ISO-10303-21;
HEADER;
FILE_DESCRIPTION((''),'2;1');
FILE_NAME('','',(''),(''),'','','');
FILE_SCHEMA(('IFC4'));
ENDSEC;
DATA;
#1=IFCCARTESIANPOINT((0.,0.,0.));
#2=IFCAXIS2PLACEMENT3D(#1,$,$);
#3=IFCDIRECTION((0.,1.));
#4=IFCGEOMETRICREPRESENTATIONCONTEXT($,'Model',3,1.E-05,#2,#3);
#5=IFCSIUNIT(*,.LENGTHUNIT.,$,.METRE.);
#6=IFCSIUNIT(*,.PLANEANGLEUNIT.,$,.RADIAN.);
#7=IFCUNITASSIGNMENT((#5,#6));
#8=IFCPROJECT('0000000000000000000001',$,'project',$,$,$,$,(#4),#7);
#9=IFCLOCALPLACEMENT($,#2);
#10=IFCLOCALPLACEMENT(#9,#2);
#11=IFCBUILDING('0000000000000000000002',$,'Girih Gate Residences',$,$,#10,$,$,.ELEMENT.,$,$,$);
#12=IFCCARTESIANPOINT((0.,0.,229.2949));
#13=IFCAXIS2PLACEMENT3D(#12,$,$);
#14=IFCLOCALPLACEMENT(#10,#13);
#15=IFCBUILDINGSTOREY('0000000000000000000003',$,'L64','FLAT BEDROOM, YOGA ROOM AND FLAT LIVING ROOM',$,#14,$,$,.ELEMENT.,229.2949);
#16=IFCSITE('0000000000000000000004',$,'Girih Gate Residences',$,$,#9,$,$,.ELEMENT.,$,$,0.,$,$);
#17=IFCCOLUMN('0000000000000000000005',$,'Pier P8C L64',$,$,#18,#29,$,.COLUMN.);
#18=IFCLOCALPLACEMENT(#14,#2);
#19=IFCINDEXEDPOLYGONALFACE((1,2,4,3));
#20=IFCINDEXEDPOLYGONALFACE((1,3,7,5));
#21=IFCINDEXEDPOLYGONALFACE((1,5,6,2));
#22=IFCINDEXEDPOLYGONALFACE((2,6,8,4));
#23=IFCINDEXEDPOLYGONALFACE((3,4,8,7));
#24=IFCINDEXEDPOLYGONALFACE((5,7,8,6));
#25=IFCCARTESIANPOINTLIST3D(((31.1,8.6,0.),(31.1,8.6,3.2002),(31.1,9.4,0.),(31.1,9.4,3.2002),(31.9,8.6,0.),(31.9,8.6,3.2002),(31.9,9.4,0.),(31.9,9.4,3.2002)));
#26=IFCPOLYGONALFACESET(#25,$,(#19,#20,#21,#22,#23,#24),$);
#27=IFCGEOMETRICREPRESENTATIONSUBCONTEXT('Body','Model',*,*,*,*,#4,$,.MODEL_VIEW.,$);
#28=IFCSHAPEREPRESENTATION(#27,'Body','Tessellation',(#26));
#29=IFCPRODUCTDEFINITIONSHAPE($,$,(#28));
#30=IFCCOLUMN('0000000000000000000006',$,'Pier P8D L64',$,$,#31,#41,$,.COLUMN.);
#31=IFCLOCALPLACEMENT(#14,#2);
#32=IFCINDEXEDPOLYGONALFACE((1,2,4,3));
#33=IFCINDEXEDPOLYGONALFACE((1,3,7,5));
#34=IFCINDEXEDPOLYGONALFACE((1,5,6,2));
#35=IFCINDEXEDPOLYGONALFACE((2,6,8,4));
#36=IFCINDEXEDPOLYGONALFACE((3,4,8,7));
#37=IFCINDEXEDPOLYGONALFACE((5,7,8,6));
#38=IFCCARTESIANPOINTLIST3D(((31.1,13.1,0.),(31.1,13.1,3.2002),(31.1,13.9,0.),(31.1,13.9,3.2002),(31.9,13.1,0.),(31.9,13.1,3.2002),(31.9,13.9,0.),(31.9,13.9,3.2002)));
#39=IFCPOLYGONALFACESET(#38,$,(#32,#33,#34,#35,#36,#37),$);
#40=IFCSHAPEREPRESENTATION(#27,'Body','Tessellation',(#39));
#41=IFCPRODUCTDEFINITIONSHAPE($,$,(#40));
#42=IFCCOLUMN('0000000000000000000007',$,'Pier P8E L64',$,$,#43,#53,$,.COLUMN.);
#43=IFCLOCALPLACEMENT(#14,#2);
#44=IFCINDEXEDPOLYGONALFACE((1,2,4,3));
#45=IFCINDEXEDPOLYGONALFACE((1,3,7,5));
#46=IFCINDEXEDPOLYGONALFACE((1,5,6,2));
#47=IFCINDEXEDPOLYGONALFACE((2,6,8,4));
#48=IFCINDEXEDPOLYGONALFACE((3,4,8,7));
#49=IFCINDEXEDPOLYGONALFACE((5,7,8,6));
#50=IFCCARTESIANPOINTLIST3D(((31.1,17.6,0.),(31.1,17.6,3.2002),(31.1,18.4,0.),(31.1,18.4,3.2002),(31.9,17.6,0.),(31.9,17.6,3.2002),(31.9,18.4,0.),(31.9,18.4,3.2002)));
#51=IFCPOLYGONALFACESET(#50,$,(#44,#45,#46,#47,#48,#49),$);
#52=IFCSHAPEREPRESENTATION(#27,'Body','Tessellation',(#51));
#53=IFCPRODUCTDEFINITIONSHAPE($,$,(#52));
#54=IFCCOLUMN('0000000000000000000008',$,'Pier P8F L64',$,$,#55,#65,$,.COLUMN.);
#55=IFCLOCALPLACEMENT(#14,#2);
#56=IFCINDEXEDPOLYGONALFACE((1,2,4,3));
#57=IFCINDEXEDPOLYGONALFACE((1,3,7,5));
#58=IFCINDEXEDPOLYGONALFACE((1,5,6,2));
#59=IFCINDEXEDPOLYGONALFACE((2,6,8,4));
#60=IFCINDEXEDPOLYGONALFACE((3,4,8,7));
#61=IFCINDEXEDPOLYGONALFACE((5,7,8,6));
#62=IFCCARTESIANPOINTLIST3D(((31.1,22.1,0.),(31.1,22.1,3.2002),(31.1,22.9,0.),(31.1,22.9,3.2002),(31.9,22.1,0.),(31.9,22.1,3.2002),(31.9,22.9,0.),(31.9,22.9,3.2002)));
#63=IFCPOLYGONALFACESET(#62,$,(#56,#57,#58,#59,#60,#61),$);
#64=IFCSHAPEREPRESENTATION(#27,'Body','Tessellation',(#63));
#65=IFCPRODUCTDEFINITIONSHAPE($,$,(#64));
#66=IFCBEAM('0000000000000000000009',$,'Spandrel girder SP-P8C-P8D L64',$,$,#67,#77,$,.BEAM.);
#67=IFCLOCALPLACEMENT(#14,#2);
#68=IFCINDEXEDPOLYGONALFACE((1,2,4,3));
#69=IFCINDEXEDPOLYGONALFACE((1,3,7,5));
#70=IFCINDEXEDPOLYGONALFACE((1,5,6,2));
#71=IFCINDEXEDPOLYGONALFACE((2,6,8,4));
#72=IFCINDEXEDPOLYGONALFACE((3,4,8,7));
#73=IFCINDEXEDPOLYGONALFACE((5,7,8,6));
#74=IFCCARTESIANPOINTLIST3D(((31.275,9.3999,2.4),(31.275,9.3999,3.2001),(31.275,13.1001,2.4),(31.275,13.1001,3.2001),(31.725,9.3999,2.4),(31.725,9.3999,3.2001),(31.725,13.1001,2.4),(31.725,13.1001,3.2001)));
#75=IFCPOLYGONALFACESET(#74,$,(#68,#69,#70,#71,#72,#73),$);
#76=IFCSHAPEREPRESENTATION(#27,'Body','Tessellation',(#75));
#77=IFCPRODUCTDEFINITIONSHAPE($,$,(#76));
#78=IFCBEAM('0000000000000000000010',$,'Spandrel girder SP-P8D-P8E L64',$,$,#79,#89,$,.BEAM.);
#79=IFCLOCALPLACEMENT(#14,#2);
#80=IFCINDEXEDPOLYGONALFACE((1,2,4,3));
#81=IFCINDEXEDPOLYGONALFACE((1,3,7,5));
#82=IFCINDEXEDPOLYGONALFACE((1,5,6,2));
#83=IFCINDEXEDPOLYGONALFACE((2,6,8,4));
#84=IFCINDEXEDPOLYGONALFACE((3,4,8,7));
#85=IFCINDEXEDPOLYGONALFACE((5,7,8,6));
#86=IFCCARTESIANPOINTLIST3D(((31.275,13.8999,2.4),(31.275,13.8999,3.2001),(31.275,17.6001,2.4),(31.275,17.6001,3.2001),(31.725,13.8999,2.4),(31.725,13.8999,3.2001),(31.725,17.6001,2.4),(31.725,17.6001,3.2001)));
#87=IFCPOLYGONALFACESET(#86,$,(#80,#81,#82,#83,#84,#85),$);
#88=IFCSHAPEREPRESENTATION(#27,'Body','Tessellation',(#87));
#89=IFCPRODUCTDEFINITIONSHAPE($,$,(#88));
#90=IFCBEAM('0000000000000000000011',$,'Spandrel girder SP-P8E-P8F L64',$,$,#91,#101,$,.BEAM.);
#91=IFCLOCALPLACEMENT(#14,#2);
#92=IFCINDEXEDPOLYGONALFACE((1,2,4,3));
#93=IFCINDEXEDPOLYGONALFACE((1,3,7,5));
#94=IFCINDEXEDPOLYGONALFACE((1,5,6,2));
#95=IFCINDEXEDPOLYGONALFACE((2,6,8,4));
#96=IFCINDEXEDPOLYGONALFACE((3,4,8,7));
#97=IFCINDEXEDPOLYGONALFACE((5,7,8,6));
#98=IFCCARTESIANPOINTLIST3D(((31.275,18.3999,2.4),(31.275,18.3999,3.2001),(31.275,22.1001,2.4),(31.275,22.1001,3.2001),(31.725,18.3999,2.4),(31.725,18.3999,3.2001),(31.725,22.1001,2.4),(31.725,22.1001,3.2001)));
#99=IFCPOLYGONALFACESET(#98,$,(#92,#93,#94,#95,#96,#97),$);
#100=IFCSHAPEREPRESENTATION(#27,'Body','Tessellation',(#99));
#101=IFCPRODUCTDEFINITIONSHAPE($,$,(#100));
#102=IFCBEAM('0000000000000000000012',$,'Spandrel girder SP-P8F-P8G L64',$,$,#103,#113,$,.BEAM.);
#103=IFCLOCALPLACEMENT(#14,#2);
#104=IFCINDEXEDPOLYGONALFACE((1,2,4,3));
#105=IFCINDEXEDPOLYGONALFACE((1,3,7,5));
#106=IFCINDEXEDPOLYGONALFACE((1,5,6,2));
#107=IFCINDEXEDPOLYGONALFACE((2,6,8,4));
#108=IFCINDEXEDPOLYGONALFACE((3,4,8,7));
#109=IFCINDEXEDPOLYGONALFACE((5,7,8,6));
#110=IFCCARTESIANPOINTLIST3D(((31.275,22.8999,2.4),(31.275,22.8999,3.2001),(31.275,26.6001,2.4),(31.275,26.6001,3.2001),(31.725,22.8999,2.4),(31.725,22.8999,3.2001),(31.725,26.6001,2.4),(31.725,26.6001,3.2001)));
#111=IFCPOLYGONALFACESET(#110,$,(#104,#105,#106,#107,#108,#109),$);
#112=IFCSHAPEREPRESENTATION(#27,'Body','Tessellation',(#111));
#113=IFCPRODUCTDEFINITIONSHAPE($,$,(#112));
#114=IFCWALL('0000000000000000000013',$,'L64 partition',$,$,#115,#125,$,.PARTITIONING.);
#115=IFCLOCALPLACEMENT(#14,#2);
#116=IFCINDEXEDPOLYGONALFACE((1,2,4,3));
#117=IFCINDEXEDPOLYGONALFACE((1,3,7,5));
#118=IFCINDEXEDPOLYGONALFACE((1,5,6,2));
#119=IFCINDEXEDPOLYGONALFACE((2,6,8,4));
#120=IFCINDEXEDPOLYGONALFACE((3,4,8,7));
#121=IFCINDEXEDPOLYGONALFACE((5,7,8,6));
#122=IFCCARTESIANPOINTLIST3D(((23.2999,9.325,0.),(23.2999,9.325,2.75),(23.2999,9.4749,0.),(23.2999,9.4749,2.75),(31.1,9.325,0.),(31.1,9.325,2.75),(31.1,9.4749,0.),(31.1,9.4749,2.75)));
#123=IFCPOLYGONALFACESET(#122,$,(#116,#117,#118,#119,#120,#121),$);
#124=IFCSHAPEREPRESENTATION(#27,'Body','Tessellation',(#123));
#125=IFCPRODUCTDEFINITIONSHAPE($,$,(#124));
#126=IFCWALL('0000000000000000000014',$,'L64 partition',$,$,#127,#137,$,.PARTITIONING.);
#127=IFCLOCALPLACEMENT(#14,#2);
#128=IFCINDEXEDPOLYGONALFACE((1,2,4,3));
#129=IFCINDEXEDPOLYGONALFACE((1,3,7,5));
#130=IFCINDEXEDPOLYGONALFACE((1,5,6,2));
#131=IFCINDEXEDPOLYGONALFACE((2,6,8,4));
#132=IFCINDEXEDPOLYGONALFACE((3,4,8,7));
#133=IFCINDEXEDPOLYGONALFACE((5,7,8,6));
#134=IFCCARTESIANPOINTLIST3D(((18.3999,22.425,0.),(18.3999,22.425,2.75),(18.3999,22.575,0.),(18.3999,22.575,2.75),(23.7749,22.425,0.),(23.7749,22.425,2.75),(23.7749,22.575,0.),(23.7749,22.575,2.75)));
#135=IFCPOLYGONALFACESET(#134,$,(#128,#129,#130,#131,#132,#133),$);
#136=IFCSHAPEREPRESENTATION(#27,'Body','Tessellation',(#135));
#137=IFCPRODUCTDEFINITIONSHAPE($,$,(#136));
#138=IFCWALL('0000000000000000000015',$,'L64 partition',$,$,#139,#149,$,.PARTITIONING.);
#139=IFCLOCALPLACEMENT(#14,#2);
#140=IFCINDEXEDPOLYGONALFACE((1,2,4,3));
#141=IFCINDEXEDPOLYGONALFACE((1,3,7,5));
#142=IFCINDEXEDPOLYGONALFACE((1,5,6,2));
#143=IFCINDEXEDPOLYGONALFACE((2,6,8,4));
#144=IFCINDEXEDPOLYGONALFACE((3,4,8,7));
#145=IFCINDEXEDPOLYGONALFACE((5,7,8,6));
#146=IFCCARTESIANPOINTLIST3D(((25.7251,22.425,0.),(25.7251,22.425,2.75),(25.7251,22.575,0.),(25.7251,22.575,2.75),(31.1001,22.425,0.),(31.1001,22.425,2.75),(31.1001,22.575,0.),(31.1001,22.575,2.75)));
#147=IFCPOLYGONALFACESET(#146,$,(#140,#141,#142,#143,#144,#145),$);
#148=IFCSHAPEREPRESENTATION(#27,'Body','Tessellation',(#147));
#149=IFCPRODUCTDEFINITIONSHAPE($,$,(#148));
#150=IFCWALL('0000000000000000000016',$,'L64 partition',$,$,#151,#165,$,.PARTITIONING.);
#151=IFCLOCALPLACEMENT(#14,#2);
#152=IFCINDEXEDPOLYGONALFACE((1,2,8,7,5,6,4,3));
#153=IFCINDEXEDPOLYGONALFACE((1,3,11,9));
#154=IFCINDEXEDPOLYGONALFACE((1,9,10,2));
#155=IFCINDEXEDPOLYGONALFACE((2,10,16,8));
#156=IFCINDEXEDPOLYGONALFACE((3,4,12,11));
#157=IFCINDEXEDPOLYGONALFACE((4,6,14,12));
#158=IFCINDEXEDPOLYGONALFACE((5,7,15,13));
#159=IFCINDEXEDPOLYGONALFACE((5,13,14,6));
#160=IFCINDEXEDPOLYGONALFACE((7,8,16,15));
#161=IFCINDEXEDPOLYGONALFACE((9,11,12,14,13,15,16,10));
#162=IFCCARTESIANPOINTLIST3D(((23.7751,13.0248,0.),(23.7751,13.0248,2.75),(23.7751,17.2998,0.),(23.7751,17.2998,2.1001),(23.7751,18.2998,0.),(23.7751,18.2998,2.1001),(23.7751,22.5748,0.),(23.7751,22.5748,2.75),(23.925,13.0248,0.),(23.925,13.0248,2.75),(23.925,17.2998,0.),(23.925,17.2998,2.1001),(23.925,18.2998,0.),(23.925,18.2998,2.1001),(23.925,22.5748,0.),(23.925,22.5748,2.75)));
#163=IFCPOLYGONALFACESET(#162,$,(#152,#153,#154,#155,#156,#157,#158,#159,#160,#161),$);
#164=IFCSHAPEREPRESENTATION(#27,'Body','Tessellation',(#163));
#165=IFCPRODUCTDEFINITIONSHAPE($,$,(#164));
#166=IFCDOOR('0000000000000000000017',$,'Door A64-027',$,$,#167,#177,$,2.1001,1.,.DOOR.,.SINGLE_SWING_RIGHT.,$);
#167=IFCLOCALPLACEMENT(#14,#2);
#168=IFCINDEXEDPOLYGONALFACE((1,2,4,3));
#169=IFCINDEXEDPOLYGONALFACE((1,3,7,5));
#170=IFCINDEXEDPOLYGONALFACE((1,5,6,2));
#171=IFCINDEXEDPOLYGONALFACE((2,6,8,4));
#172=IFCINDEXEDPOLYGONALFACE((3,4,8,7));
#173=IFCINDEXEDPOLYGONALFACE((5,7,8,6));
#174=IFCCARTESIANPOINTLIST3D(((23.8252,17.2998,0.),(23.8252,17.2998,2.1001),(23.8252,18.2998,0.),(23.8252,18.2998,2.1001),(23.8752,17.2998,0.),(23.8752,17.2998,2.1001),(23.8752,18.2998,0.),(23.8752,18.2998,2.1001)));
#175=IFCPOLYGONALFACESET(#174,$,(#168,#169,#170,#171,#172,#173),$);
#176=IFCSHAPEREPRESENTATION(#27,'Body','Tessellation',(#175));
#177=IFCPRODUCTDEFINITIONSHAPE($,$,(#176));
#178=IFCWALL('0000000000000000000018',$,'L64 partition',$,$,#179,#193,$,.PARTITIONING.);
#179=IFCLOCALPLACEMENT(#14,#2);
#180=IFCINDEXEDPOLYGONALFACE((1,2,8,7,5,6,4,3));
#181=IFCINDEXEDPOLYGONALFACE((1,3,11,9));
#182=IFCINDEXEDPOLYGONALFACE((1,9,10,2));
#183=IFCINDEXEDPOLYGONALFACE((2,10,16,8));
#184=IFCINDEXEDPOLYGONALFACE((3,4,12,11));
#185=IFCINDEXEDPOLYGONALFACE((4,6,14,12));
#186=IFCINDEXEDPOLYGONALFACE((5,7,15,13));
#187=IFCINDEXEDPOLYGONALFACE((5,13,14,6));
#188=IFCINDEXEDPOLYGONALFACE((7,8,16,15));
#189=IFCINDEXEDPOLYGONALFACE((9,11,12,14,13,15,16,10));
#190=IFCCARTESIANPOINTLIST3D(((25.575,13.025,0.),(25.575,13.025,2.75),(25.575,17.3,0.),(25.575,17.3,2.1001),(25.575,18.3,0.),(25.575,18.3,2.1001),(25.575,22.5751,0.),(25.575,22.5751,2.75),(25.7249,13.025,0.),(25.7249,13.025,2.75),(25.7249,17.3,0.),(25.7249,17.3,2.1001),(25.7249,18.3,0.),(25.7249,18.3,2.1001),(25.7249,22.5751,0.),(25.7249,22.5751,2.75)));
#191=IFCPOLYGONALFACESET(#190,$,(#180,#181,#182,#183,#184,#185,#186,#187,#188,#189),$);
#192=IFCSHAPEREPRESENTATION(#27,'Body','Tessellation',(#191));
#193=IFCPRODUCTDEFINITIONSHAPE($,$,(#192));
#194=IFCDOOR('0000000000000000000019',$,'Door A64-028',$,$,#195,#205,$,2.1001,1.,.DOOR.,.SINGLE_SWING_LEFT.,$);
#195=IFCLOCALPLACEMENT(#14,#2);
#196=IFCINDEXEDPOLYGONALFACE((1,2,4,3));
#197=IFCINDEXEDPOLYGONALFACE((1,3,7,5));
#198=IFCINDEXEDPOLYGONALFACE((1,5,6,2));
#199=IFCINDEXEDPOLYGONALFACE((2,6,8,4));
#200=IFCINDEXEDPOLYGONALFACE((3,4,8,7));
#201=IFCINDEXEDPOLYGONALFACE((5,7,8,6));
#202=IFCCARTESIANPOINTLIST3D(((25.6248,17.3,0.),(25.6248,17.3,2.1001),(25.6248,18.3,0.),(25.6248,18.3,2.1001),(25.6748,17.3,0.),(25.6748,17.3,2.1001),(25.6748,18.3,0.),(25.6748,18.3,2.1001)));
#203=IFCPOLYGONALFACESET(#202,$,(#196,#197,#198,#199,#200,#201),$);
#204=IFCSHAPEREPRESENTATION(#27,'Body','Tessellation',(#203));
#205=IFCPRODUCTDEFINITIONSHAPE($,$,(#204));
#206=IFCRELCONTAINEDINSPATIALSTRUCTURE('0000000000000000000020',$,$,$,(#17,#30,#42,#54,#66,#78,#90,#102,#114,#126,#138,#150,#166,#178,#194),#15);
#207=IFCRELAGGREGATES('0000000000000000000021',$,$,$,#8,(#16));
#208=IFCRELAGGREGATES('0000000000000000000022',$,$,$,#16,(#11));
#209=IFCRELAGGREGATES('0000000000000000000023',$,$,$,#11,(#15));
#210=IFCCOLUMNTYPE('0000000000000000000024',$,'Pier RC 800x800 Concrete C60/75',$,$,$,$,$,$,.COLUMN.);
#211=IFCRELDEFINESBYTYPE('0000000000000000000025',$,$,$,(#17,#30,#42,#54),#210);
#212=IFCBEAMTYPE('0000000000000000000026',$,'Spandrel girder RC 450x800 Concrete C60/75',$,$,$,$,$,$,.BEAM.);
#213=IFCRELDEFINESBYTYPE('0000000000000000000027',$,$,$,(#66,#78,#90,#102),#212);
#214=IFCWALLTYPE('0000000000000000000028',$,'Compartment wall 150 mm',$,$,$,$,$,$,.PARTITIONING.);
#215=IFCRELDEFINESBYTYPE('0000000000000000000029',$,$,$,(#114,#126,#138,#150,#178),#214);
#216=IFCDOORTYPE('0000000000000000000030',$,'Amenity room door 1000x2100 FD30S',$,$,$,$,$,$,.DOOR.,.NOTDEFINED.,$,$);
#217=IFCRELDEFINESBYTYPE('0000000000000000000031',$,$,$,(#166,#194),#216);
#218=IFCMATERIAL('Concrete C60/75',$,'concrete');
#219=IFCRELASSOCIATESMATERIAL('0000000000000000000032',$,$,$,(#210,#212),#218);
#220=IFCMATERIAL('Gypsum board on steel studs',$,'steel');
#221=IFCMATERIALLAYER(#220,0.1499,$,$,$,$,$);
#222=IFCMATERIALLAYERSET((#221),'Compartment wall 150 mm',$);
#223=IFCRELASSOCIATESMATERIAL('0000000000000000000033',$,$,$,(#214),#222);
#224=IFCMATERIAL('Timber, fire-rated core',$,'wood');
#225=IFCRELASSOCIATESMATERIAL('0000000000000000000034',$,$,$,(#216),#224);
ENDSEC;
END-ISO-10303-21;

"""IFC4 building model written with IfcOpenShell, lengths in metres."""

from ifc_helpers import new_model, si_unit, direction, frame, frame_2d, origin, origin_2d, place, context, subcontext, project, spatial, rectangle, extrude, material, layer, layer_set, material_profile, profile_set, type_object, element, fill, save


model = new_model("IFC4")

# Units and contexts
model_context = context("Model", 3, precision=1e-05, world=origin(), true_north=direction((0.0, 1.0)))
body_context = subcontext(model_context, "Body", "Model", "MODEL_VIEW")
ifc_project = project(units=[si_unit("LENGTHUNIT", "METRE"), si_unit("PLANEANGLEUNIT", "RADIAN")], contexts=[model_context])

# Site, building, storey
site_placement = place(None, origin())
site = spatial("IfcSite", under=ifc_project, at=site_placement, Name="Girih Gate Residences", CompositionType="ELEMENT", RefElevation=0.0)
building_placement = place(site_placement, origin())
building = spatial("IfcBuilding", under=site, at=building_placement, Name="Girih Gate Residences", CompositionType="ELEMENT")
storey_placement = place(building_placement, frame((0.0, 0.0, 229.2949)))
storey = spatial("IfcBuildingStorey", under=building, at=storey_placement, Name="L64", Description="FLAT BEDROOM, YOGA ROOM AND FLAT LIVING ROOM", CompositionType="ELEMENT", Elevation=229.2949)

# Columns
ifc_material_1 = material(Name="Concrete C60/75", Category="concrete")
ifc_material_profile_1 = material_profile(ifc_material_1, rectangle(XDim=0.8, YDim=0.8, at=origin_2d()))
ifc_profile_set_1 = profile_set([ifc_material_profile_1], Name="Concrete C60/75")
column_type = type_object("IfcColumnType", Name="Pier RC 800x800 Concrete C60/75", PredefinedType="COLUMN", material=ifc_profile_set_1)
for number, where, z_axis, x_axis, name in (
    (1, (31.5, 9.0, 0.0), (0.0, 0.0, 1.0), (1.0, 0.0, 0.0), "Pier P8C L64"),
    (2, (31.5, 13.5, 0.0), (0.0, 0.0, 1.0), (1.0, 0.0, 0.0), "Pier P8D L64"),
    (3, (31.5, 18.0, 0.0), (0.0, 0.0, 1.0), (1.0, 0.0, 0.0), "Pier P8E L64"),
    (4, (31.5, 22.5, 0.0), (0.0, 0.0, 1.0), (1.0, 0.0, 0.0), "Pier P8F L64"),
):
    element("IfcColumn", number, at=place(storey_placement, frame(where, z_axis=z_axis, x_axis=x_axis)), inside=storey, type_object=column_type, Name=name, PredefinedType="COLUMN", context=body_context, shape_type="SweptSolid", body=[
        extrude(rectangle(XDim=0.8, YDim=0.8, at=origin_2d()), origin(), (0.0, 0.0, 1.0), 3.2002),
    ])

# Beams
ifc_material_profile_2 = material_profile(ifc_material_1, rectangle(XDim=0.45, YDim=0.8, at=origin_2d()))
ifc_profile_set_2 = profile_set([ifc_material_profile_2], Name="Concrete C60/75")
beam_type = type_object("IfcBeamType", Name="Spandrel girder RC 450x800 Concrete C60/75", PredefinedType="BEAM", material=ifc_profile_set_2)
for number, where, z_axis, x_axis, name in (
    (5, (31.5, 9.3999, 2.8), (0.0, 1.0, 0.0), (-1.0, 0.0, 0.0), "Spandrel girder SP-P8C-P8D L64"),
    (6, (31.5, 13.8999, 2.8), (0.0, 1.0, 0.0), (-1.0, 0.0, 0.0), "Spandrel girder SP-P8D-P8E L64"),
    (7, (31.5, 18.3999, 2.8), (0.0, 1.0, 0.0), (-1.0, 0.0, 0.0), "Spandrel girder SP-P8E-P8F L64"),
    (8, (31.5, 22.8999, 2.8), (0.0, 1.0, 0.0), (-1.0, 0.0, 0.0), "Spandrel girder SP-P8F-P8G L64"),
):
    element("IfcBeam", number, at=place(storey_placement, frame(where, z_axis=z_axis, x_axis=x_axis)), inside=storey, type_object=beam_type, Name=name, PredefinedType="BEAM", context=body_context, shape_type="SweptSolid", body=[
        extrude(rectangle(XDim=0.45, YDim=0.8, at=origin_2d()), origin(), (0.0, 0.0, 1.0), 3.7002),
    ])

# Shared definitions
ifc_material_2 = material(Name="Gypsum board on steel studs", Category="steel")
ifc_layer_1 = layer(ifc_material_2, 0.1499)
ifc_layer_set_1 = layer_set([ifc_layer_1], Name="Compartment wall 150 mm")
wall_type_1 = type_object("IfcWallType", Name="Compartment wall 150 mm", PredefinedType="PARTITIONING", material=ifc_layer_set_1)
ifc_material_3 = material(Name="Timber, fire-rated core", Category="wood")

# Walls
wall_1_placement = place(storey_placement, frame((23.3, 9.3999, 0.0), z_axis=(0.0, 0.0, 1.0), x_axis=(1.0, 0.0, 0.0)))
element("IfcWall", 9, at=wall_1_placement, inside=storey, type_object=wall_type_1, Name="L64 partition", PredefinedType="PARTITIONING", context=body_context, shape_type="SweptSolid", body=[
    extrude(rectangle(XDim=7.8, YDim=0.1499, at=frame_2d((3.8999, 0.0))), origin(), (0.0, 0.0, 1.0), 2.75),
])
for number, where, z_axis, x_axis, name in (
    (10, (18.3999, 22.5, 0.0), (0.0, 0.0, 1.0), (1.0, 0.0, 0.0), "L64 partition"),
    (11, (25.7251, 22.5, 0.0), (0.0, 0.0, 1.0), (1.0, 0.0, 0.0), "L64 partition"),
):
    element("IfcWall", number, at=place(storey_placement, frame(where, z_axis=z_axis, x_axis=x_axis)), inside=storey, type_object=wall_type_1, Name=name, PredefinedType="PARTITIONING", context=body_context, shape_type="SweptSolid", body=[
        extrude(rectangle(XDim=5.375, YDim=0.1499, at=frame_2d((2.6875, 0.0))), origin(), (0.0, 0.0, 1.0), 2.75),
    ])

# Walls, openings, doors
wall_2_placement = place(storey_placement, frame((23.8501, 13.0249, 0.0), z_axis=(0.0, 0.0, 1.0), x_axis=(0.0, 1.0, 0.0)))
wall_2 = element("IfcWall", 12, at=wall_2_placement, inside=storey, type_object=wall_type_1, Name="L64 partition", PredefinedType="PARTITIONING", context=body_context, shape_type="SweptSolid", body=[
    extrude(rectangle(XDim=9.55, YDim=0.1499, at=frame_2d((4.7749, 0.0))), origin(), (0.0, 0.0, 1.0), 2.75),
])
opening_1_placement = place(wall_2_placement, frame((4.2749, 0.0, 0.0)))
opening_1 = element("IfcOpeningElement", 13, at=opening_1_placement, cuts=wall_2, PredefinedType="OPENING", context=body_context, shape_type="SweptSolid", body=[
    extrude(rectangle(XDim=1.0, YDim=2.1001, at=frame_2d((0.5, 1.05))), frame((0.0, 0.085, 0.0), z_axis=(0.0, -1.0, 0.0), x_axis=(1.0, 0.0, 0.0)), (0.0, 0.0, 1.0), 0.1699),
])
door_type_1 = type_object("IfcDoorType", Name="Amenity room door 1000x2100 FD30S", OperationType="NOTDEFINED", PredefinedType="DOOR", material=ifc_material_3)
door_1_placement = place(opening_1_placement, origin())
door_1 = element("IfcDoor", 14, at=door_1_placement, inside=storey, type_object=door_type_1, Name="Door A64-027", OperationType="SINGLE_SWING_RIGHT", OverallHeight=2.1001, OverallWidth=1.0, PredefinedType="DOOR", context=body_context, shape_type="SweptSolid", body=[
    extrude(rectangle(XDim=1.0, YDim=2.1001, at=frame_2d((0.5, 1.05))), frame((0.0, 0.0249, 0.0), z_axis=(0.0, -1.0, 0.0), x_axis=(1.0, 0.0, 0.0)), (0.0, 0.0, 1.0), 0.05),
])
fill(opening_1, door_1)
wall_3_placement = place(storey_placement, frame((25.6499, 22.575, 0.0), z_axis=(0.0, 0.0, 1.0), x_axis=(0.0, -1.0, 0.0)))
wall_3 = element("IfcWall", 15, at=wall_3_placement, inside=storey, type_object=wall_type_1, Name="L64 partition", PredefinedType="PARTITIONING", context=body_context, shape_type="SweptSolid", body=[
    extrude(rectangle(XDim=9.55, YDim=0.1499, at=frame_2d((4.7749, 0.0))), origin(), (0.0, 0.0, 1.0), 2.75),
])
opening_2_placement = place(wall_3_placement, frame((4.2749, 0.0, 0.0)))
opening_2 = element("IfcOpeningElement", 16, at=opening_2_placement, cuts=wall_3, PredefinedType="OPENING", context=body_context, shape_type="SweptSolid", body=[
    extrude(rectangle(XDim=1.0, YDim=2.1001, at=frame_2d((0.5, 1.05))), frame((0.0, 0.085, 0.0), z_axis=(0.0, -1.0, 0.0), x_axis=(1.0, 0.0, 0.0)), (0.0, 0.0, 1.0), 0.1699),
])
door_2_placement = place(opening_2_placement, origin())
door_2 = element("IfcDoor", 17, at=door_2_placement, inside=storey, type_object=door_type_1, Name="Door A64-028", OperationType="SINGLE_SWING_LEFT", OverallHeight=2.1001, OverallWidth=1.0, PredefinedType="DOOR", context=body_context, shape_type="SweptSolid", body=[
    extrude(rectangle(XDim=1.0, YDim=2.1001, at=frame_2d((0.5, 1.05))), frame((0.0, 0.0249, 0.0), z_axis=(0.0, -1.0, 0.0), x_axis=(1.0, 0.0, 0.0)), (0.0, 0.0, 1.0), 0.05),
])
fill(opening_2, door_2)

save(model, "model.ifc")
